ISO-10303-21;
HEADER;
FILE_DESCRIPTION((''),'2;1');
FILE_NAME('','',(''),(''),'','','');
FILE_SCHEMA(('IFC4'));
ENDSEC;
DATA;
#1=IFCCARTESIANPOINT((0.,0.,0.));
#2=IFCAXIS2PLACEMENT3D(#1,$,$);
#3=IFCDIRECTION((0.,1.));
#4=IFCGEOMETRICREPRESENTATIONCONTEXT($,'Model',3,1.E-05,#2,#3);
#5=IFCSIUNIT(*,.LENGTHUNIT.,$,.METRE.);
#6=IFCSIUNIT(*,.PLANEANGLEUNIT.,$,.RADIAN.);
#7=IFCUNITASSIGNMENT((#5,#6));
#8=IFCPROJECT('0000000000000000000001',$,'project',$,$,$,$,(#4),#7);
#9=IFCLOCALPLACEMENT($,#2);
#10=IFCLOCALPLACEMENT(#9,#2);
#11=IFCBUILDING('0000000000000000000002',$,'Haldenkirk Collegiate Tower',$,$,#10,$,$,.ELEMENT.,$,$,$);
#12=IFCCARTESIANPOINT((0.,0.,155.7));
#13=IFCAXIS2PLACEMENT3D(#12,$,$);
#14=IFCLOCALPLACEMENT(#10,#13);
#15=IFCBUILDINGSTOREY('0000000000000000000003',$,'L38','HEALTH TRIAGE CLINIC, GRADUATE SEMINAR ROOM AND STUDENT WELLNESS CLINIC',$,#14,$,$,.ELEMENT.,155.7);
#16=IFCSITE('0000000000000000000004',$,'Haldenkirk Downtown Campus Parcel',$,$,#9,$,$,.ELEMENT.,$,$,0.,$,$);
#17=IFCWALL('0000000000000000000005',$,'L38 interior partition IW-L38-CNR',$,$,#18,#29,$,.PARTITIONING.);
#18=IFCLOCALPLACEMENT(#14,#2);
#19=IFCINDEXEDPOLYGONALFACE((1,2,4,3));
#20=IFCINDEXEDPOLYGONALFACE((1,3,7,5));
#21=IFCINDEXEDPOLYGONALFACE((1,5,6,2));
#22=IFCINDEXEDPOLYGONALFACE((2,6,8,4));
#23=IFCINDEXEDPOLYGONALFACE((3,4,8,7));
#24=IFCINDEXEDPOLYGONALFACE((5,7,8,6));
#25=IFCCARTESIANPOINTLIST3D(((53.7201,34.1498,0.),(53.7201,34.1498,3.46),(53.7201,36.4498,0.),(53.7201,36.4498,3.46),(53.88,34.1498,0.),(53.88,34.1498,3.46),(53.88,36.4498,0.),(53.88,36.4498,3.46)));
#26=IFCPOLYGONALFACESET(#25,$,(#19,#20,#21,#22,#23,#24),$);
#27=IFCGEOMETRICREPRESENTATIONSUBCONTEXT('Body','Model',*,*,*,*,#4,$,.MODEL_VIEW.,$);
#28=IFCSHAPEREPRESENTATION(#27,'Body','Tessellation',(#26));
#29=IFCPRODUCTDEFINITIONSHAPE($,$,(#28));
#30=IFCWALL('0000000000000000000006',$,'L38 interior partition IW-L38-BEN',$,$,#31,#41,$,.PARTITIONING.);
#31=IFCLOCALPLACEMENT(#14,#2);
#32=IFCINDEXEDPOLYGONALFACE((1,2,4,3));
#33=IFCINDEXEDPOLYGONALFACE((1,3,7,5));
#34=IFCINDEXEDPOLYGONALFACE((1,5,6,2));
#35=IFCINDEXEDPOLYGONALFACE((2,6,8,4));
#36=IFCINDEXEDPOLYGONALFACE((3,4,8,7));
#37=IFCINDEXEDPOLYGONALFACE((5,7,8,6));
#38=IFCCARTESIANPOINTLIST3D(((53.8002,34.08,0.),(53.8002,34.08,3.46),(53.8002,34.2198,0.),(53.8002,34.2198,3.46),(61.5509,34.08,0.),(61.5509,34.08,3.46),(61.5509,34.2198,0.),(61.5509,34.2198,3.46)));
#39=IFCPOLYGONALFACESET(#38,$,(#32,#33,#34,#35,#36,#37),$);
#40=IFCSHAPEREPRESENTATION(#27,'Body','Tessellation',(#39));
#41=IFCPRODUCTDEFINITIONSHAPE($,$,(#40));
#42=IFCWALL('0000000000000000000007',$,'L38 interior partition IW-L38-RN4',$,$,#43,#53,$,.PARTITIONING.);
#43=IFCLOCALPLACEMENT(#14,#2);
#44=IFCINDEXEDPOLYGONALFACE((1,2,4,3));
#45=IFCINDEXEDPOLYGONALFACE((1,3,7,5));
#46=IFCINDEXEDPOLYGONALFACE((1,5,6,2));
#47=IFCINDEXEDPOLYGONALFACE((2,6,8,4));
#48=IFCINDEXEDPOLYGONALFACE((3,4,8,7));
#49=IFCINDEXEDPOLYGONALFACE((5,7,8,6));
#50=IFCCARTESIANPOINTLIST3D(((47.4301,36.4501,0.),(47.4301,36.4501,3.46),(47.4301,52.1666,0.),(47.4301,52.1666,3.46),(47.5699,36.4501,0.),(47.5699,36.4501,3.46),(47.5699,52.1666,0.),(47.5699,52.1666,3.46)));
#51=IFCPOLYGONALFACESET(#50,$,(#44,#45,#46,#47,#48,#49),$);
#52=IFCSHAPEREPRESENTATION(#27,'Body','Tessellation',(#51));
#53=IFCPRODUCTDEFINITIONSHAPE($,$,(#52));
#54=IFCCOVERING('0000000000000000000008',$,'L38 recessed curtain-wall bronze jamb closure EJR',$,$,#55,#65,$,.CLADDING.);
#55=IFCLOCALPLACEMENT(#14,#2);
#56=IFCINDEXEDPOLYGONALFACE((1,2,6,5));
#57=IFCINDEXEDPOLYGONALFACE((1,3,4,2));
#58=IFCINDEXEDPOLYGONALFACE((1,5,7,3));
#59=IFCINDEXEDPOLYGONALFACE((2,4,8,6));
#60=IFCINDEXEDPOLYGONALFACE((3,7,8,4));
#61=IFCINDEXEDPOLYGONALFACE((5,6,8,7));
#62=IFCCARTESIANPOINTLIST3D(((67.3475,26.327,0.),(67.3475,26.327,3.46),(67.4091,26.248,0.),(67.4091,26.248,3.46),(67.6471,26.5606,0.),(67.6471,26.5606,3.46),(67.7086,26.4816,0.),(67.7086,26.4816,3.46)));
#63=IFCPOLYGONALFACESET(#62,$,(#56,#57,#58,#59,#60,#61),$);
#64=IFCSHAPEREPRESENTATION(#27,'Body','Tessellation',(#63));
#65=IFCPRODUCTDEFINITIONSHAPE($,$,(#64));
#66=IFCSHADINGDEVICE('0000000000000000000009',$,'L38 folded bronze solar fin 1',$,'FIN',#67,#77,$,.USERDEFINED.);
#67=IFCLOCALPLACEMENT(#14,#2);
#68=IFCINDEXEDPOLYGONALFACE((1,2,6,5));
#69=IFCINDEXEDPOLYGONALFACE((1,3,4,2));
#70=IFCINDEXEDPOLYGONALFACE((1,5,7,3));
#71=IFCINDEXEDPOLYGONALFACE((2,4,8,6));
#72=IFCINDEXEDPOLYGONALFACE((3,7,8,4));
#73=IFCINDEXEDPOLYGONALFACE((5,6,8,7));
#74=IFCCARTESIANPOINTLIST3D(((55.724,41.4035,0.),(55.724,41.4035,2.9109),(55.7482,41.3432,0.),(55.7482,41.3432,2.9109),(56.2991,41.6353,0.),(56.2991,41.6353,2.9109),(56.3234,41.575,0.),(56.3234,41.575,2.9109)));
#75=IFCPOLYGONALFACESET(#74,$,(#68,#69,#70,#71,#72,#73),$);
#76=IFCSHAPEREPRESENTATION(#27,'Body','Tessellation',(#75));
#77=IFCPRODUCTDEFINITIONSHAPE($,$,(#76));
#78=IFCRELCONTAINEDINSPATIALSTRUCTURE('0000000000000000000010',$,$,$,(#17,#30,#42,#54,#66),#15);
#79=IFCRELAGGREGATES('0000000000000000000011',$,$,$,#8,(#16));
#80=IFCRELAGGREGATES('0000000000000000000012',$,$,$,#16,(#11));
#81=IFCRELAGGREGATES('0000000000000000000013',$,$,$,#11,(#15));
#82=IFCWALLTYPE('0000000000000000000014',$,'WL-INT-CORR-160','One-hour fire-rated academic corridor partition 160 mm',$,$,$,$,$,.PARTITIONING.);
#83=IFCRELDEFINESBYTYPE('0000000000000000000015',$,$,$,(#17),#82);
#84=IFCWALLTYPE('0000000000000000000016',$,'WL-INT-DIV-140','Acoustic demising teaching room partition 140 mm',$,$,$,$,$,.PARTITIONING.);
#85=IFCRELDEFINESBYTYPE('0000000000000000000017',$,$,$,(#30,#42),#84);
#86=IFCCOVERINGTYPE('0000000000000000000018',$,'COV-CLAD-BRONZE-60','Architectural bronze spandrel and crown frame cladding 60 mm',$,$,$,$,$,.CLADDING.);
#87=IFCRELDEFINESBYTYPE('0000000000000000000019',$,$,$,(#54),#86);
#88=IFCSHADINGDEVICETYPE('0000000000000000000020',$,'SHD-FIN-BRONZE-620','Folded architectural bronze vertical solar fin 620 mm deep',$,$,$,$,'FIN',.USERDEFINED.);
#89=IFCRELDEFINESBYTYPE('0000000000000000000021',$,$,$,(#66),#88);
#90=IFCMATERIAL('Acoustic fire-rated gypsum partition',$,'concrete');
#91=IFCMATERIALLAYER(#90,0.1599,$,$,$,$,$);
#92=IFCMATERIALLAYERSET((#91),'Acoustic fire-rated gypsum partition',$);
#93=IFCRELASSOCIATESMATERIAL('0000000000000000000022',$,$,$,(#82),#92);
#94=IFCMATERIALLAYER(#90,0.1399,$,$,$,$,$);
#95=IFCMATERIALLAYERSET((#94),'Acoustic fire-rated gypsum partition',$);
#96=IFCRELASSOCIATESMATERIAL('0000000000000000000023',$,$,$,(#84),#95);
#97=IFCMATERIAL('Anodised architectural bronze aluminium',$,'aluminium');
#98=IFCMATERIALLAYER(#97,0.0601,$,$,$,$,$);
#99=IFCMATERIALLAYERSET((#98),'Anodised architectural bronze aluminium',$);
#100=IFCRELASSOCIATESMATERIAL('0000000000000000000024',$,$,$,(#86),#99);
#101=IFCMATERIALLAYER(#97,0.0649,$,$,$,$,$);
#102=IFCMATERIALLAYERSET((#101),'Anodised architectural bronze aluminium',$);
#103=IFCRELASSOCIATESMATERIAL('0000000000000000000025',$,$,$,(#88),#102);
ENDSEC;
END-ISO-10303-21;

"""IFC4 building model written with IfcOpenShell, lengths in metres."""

from ifc_helpers import new_model, si_unit, direction, frame, frame_2d, origin, origin_2d, place, context, subcontext, project, spatial, rectangle, extrude, source, transform, mapped, material, layer, layer_set, type_object, element, save


model = new_model("IFC4")

# Units and contexts
model_context = context("Model", 3, precision=1e-05, world=origin(), true_north=direction((0.0, 1.0)))
body_context = subcontext(model_context, "Body", "Model", "MODEL_VIEW")
ifc_project = project(units=[si_unit("LENGTHUNIT", "METRE"), si_unit("PLANEANGLEUNIT", "RADIAN")], contexts=[model_context])

# Site, building, storey
site_placement = place(None, origin())
site = spatial("IfcSite", under=ifc_project, at=site_placement, Name="Haldenkirk Downtown Campus Parcel", CompositionType="ELEMENT", RefElevation=0.0)
building_placement = place(site_placement, origin())
building = spatial("IfcBuilding", under=site, at=building_placement, Name="Haldenkirk Collegiate Tower", CompositionType="ELEMENT")
storey_placement = place(building_placement, frame((0.0, 0.0, 155.7)))
storey = spatial("IfcBuildingStorey", under=building, at=storey_placement, Name="L38", Description="HEALTH TRIAGE CLINIC, GRADUATE SEMINAR ROOM AND STUDENT WELLNESS CLINIC", CompositionType="ELEMENT", Elevation=155.7)

# Shared definitions
ifc_material_1 = material(Name="Anodised architectural bronze aluminium", Category="aluminium")

# Walls
ifc_material_2 = material(Name="Acoustic fire-rated gypsum partition", Category="concrete")
ifc_layer_1 = layer(ifc_material_2, 0.1599)
ifc_layer_set_1 = layer_set([ifc_layer_1], Name="Acoustic fire-rated gypsum partition")
wall_type_1 = type_object("IfcWallType", Name="WL-INT-CORR-160", Description="One-hour fire-rated academic corridor partition 160 mm", PredefinedType="PARTITIONING", material=ifc_layer_set_1)
wall_1_placement = place(storey_placement, frame((53.8, 34.1499, 0.0), z_axis=(0.0, 0.0, 1.0), x_axis=(0.0, 1.0, 0.0)))
element("IfcWall", 1, at=wall_1_placement, inside=storey, type_object=wall_type_1, Name="L38 interior partition IW-L38-CNR", PredefinedType="PARTITIONING", context=body_context, shape_type="SweptSolid", body=[
    extrude(rectangle(XDim=2.3, YDim=0.1599, at=frame_2d((1.1499, 0.0))), origin(), (0.0, 0.0, 1.0), 3.46),
])
ifc_layer_2 = layer(ifc_material_2, 0.1399)
ifc_layer_set_2 = layer_set([ifc_layer_2], Name="Acoustic fire-rated gypsum partition")
wall_type_2 = type_object("IfcWallType", Name="WL-INT-DIV-140", Description="Acoustic demising teaching room partition 140 mm", PredefinedType="PARTITIONING", material=ifc_layer_set_2)
wall_2_placement = place(storey_placement, frame((53.8, 34.1499, 0.0), z_axis=(0.0, 0.0, 1.0), x_axis=(1.0, 0.0, 0.0)))
element("IfcWall", 2, at=wall_2_placement, inside=storey, type_object=wall_type_2, Name="L38 interior partition IW-L38-BEN", PredefinedType="PARTITIONING", context=body_context, shape_type="SweptSolid", body=[
    extrude(rectangle(XDim=7.7507, YDim=0.1399, at=frame_2d((3.8755, 0.0))), origin(), (0.0, 0.0, 1.0), 3.46),
])
wall_3_placement = place(storey_placement, frame((47.5, 36.45, 0.0), z_axis=(0.0, 0.0, 1.0), x_axis=(0.0, 1.0, 0.0)))
element("IfcWall", 3, at=wall_3_placement, inside=storey, type_object=wall_type_2, Name="L38 interior partition IW-L38-RN4", PredefinedType="PARTITIONING", context=body_context, shape_type="SweptSolid", body=[
    extrude(rectangle(XDim=15.7166, YDim=0.1399, at=frame_2d((7.8584, 0.0))), origin(), (0.0, 0.0, 1.0), 3.46),
])

# Covering
ifc_layer_3 = layer(ifc_material_1, 0.0601)
ifc_layer_set_3 = layer_set([ifc_layer_3], Name="Anodised architectural bronze aluminium")
covering_type = type_object("IfcCoveringType", Name="COV-CLAD-BRONZE-60", Description="Architectural bronze spandrel and crown frame cladding 60 mm", PredefinedType="CLADDING", material=ifc_layer_set_3)
shared_shape_1 = source(origin(), body_context, "Body", "SweptSolid", [
    extrude(rectangle(XDim=0.1001, YDim=0.3799, at=origin_2d()), origin(), (0.0, 0.0, 1.0), 3.46),
])
covering_placement = place(storey_placement, frame((67.5281, 26.4043, 0.0), z_axis=(0.0, 0.0, 1.0), x_axis=(0.614974, -0.788548, 0.0)))
element("IfcCovering", 4, at=covering_placement, inside=storey, type_object=covering_type, Name="L38 recessed curtain-wall bronze jamb closure EJR", PredefinedType="CLADDING", context=body_context, shape_type="MappedRepresentation", body=[
    mapped(shared_shape_1, transform((0.0, 0.0, 0.0), x_axis=(1.0, 0.0, 0.0), y_axis=(0.0, 1.0, 0.0), z_axis=(0.0, 0.0, 1.0), scale=1.0)),
])

# Shading device
ifc_layer_4 = layer(ifc_material_1, 0.0649)
ifc_layer_set_4 = layer_set([ifc_layer_4], Name="Anodised architectural bronze aluminium")
shading_device_type = type_object("IfcShadingDeviceType", Name="SHD-FIN-BRONZE-620", Description="Folded architectural bronze vertical solar fin 620 mm deep", ElementType="FIN", PredefinedType="USERDEFINED", material=ifc_layer_set_4)
shared_shape_2 = source(origin(), body_context, "Body", "SweptSolid", [
    extrude(rectangle(XDim=0.6201, YDim=0.0649, at=origin_2d()), origin(), (0.0, 0.0, 1.0), 2.9109),
])
shading_device_placement = place(storey_placement, frame((56.0237, 41.4893, 0.0), z_axis=(0.0, 0.0, 1.0), x_axis=(0.92751, 0.373797, 0.0)))
element("IfcShadingDevice", 5, at=shading_device_placement, inside=storey, type_object=shading_device_type, Name="L38 folded bronze solar fin 1", ObjectType="FIN", PredefinedType="USERDEFINED", context=body_context, shape_type="MappedRepresentation", body=[
    mapped(shared_shape_2, transform((0.0, 0.0, 0.0), x_axis=(1.0, 0.0, 0.0), y_axis=(0.0, 1.0, 0.0), z_axis=(0.0, 0.0, 1.0), scale=1.0)),
])

save(model, "model.ifc")
